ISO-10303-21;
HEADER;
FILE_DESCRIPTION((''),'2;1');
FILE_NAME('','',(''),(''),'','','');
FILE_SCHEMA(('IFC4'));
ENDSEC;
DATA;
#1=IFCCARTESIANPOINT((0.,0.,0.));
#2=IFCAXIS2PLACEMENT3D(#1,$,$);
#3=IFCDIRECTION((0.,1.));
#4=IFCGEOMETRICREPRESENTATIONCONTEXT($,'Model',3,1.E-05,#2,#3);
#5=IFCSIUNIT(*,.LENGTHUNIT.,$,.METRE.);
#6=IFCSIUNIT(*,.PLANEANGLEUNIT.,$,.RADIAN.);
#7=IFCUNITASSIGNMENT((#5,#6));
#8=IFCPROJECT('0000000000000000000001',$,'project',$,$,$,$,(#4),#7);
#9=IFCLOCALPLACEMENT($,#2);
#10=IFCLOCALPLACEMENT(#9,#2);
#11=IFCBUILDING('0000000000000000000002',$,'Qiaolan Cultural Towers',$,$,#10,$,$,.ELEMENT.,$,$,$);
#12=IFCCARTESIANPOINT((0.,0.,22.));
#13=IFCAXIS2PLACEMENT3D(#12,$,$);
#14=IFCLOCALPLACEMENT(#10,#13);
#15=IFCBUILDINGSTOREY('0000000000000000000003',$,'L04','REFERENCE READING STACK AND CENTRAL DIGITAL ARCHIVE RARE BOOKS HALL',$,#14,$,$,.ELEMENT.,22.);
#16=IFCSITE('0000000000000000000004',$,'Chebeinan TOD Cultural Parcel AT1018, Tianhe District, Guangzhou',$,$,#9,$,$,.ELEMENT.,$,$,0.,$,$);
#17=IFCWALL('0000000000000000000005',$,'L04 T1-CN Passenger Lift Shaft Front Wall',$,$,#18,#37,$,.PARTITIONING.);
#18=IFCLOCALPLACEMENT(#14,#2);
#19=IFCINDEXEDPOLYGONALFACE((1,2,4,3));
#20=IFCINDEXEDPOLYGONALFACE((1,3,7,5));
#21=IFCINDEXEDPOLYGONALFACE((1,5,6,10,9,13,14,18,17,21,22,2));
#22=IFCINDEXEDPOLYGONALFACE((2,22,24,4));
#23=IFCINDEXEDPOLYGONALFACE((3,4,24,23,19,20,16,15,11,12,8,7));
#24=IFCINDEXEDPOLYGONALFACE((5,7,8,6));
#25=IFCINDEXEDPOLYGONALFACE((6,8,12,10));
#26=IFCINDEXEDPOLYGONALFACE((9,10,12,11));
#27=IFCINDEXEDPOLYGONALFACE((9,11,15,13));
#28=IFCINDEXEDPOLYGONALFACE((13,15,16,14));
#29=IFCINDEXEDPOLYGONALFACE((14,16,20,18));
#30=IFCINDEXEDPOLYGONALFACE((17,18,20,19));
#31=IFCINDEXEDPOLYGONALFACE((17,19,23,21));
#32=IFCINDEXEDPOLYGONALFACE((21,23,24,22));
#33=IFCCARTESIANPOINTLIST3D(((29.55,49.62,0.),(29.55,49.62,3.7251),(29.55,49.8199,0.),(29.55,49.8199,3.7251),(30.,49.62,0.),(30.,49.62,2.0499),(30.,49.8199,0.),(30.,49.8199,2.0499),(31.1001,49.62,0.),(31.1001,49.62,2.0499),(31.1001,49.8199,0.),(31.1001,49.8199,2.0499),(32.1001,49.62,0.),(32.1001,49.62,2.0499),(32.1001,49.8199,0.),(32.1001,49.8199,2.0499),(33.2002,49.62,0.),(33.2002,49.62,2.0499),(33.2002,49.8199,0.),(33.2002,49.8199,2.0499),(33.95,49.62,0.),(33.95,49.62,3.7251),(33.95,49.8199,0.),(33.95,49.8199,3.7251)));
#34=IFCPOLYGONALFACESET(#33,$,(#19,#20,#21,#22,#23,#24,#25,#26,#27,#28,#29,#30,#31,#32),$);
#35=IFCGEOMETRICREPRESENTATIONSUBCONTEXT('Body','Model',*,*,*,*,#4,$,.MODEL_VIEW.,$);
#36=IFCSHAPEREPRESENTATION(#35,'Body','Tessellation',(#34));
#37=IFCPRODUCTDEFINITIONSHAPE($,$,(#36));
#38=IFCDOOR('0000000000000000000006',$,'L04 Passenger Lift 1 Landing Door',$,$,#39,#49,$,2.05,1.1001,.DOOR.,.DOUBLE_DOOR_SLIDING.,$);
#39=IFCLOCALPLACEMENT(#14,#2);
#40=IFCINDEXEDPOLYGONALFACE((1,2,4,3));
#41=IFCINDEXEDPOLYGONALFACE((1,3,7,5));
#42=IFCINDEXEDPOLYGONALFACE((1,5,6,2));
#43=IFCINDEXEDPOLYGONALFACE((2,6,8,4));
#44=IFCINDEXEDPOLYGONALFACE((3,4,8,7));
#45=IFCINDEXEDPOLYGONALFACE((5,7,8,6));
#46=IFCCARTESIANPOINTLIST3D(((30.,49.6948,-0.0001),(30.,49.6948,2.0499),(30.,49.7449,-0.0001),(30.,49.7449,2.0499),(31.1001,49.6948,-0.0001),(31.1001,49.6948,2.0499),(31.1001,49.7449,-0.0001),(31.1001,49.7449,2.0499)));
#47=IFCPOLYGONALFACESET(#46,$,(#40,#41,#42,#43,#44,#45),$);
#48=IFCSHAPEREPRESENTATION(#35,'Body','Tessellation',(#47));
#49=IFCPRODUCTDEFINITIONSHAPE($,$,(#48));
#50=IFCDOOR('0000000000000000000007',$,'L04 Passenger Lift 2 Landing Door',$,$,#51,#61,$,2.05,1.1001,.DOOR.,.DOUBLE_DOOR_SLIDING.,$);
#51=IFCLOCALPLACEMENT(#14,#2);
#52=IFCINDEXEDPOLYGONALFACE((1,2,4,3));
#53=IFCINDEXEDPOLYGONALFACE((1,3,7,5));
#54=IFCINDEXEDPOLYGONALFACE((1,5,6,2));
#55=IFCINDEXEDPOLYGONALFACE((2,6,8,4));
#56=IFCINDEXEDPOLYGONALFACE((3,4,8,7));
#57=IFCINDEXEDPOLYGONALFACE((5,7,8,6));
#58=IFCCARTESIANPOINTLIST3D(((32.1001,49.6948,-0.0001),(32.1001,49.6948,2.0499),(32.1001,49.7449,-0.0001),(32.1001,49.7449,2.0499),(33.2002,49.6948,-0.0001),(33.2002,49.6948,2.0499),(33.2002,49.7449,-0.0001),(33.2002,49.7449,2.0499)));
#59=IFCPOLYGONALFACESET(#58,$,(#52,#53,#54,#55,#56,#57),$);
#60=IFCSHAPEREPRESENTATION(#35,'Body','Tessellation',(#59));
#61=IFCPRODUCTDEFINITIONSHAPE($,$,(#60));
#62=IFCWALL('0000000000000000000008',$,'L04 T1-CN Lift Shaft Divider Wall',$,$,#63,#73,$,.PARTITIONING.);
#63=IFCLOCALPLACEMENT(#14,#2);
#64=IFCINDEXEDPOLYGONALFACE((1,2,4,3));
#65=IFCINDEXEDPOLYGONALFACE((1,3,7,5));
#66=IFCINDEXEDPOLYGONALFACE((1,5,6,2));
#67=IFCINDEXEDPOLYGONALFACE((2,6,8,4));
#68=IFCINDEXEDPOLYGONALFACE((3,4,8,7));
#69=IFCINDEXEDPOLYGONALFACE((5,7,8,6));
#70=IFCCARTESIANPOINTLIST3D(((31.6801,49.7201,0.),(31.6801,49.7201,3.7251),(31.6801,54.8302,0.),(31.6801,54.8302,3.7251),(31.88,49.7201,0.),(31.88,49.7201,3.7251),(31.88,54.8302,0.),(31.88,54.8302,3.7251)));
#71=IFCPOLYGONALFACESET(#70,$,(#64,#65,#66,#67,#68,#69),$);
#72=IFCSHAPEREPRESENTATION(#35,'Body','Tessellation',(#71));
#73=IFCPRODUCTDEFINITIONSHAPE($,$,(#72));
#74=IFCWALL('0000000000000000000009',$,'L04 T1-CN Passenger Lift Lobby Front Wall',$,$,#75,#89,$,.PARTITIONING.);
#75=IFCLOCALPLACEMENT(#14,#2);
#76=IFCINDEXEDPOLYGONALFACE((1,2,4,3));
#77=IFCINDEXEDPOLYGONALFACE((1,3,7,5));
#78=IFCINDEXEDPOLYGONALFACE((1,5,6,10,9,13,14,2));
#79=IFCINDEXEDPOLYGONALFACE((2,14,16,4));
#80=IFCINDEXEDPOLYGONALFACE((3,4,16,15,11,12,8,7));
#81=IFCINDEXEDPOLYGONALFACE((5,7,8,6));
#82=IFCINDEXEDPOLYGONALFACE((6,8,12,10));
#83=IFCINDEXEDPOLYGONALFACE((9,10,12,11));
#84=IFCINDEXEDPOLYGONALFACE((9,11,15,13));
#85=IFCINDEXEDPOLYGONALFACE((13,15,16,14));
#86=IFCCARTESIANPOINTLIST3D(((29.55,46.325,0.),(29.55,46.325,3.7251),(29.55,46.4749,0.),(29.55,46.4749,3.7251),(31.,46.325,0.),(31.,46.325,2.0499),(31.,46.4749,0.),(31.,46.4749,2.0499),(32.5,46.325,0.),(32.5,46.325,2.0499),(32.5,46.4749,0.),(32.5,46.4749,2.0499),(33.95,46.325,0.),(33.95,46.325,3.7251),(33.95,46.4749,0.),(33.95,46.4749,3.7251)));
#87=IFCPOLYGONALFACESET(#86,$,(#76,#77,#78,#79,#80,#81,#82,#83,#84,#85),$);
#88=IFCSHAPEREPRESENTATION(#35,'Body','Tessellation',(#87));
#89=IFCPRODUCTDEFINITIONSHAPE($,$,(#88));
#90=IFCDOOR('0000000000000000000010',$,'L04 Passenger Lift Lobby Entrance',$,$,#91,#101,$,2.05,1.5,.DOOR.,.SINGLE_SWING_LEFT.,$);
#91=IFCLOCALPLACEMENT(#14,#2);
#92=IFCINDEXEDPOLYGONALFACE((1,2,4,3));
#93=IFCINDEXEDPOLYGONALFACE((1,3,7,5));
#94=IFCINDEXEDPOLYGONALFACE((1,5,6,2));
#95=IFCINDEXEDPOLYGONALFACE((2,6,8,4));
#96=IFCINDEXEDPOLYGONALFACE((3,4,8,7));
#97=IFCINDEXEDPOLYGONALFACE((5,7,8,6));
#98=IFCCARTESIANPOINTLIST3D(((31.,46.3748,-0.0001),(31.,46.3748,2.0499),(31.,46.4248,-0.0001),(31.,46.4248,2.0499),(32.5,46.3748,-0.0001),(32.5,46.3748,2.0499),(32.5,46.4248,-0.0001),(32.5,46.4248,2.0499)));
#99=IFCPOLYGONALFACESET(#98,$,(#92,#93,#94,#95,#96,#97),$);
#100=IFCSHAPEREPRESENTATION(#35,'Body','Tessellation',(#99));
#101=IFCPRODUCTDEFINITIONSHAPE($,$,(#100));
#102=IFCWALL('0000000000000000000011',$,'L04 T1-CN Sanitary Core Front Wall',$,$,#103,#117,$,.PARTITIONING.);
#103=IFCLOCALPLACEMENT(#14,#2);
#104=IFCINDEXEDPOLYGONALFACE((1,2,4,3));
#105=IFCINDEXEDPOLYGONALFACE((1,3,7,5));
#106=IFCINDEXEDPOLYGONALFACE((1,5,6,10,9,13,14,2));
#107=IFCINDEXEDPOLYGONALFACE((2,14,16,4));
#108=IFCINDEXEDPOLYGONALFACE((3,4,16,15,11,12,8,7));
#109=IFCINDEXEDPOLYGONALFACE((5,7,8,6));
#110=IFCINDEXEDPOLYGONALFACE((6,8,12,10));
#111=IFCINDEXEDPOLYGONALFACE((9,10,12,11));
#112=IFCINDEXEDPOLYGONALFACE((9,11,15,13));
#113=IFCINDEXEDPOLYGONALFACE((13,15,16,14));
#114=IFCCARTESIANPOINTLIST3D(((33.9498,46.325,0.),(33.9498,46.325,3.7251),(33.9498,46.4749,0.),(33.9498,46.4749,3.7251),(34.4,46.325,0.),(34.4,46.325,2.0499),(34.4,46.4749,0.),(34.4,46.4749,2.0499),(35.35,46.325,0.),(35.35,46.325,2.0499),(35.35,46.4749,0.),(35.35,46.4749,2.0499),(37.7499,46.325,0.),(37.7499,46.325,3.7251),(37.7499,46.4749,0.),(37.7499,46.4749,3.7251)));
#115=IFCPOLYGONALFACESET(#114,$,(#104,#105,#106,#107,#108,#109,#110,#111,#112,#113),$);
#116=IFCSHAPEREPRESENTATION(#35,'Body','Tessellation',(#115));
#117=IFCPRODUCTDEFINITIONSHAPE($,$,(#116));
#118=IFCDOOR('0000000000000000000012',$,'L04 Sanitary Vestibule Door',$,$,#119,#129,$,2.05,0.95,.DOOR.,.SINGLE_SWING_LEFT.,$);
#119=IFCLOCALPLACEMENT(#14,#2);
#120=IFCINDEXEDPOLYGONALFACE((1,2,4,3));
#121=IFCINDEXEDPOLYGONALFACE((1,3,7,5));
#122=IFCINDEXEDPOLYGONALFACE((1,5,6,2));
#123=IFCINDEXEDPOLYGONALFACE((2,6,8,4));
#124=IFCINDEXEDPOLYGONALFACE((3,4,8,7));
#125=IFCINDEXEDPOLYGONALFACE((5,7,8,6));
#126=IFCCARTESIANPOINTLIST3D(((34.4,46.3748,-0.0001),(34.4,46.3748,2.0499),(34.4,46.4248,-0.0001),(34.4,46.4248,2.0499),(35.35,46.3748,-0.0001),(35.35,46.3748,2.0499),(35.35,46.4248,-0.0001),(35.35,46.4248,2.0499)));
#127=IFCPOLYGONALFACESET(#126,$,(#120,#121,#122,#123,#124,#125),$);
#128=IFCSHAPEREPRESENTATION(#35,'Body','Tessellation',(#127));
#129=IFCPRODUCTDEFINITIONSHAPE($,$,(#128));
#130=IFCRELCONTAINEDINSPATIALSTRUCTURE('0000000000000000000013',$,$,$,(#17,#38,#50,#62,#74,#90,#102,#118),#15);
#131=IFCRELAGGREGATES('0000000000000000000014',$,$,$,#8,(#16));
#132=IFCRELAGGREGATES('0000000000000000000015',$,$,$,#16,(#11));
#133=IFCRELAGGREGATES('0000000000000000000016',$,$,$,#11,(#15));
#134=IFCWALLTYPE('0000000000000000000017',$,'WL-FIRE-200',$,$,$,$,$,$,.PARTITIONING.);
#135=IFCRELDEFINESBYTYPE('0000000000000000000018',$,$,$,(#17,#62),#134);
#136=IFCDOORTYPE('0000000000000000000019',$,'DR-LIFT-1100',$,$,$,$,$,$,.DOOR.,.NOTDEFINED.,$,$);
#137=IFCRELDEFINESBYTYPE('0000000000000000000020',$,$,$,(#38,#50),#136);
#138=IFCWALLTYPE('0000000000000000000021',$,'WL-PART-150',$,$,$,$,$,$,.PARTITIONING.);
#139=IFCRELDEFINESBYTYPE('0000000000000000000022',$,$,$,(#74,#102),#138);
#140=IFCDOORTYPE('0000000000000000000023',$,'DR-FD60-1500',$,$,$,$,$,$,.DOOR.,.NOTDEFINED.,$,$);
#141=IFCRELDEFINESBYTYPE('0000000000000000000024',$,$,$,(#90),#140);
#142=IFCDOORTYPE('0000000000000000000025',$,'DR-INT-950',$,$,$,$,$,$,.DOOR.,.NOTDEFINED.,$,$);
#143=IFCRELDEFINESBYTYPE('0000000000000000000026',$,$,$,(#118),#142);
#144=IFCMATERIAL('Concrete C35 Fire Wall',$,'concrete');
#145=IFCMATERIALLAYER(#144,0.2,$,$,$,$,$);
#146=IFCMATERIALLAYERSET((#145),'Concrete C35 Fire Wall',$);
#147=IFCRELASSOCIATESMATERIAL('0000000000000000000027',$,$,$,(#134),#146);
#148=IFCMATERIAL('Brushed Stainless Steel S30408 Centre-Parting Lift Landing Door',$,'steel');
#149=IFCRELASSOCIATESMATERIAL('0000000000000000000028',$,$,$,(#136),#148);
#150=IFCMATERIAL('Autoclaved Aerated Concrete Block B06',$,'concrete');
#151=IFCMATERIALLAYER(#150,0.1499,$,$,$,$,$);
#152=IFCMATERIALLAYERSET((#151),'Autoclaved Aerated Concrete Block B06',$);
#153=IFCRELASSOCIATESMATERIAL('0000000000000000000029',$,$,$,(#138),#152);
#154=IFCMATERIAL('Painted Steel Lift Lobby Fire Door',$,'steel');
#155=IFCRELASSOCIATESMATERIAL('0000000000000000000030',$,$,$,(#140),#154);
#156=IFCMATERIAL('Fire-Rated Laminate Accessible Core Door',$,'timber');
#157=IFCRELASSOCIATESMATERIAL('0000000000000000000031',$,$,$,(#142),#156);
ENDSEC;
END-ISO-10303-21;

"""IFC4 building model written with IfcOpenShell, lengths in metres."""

from ifc_helpers import new_model, si_unit, direction, frame, frame_2d, origin, place, context, subcontext, project, spatial, rectangle, extrude, material, layer, layer_set, type_object, element, fill, save


model = new_model("IFC4")

# Units and contexts
model_context = context("Model", 3, precision=1e-05, world=origin(), true_north=direction((0.0, 1.0)))
body_context = subcontext(model_context, "Body", "Model", "MODEL_VIEW")
ifc_project = project(units=[si_unit("LENGTHUNIT", "METRE"), si_unit("PLANEANGLEUNIT", "RADIAN")], contexts=[model_context])

# Site, building, storey
site_placement = place(None, origin())
site = spatial("IfcSite", under=ifc_project, at=site_placement, Name="Chebeinan TOD Cultural Parcel AT1018, Tianhe District, Guangzhou", CompositionType="ELEMENT", RefElevation=0.0)
building_placement = place(site_placement, origin())
building = spatial("IfcBuilding", under=site, at=building_placement, Name="Qiaolan Cultural Towers", CompositionType="ELEMENT")
storey_placement = place(building_placement, frame((0.0, 0.0, 22.0)))
storey = spatial("IfcBuildingStorey", under=building, at=storey_placement, Name="L04", Description="REFERENCE READING STACK AND CENTRAL DIGITAL ARCHIVE RARE BOOKS HALL", CompositionType="ELEMENT", Elevation=22.0)

# Shared definitions
ifc_material_1 = material(Name="Concrete C35 Fire Wall", Category="concrete")
ifc_layer_1 = layer(ifc_material_1, 0.2)
ifc_layer_set_1 = layer_set([ifc_layer_1], Name="Concrete C35 Fire Wall")
wall_type_1 = type_object("IfcWallType", Name="WL-FIRE-200", PredefinedType="PARTITIONING", material=ifc_layer_set_1)

# Wall, openings, doors
wall_1_placement = place(storey_placement, frame((29.55, 49.72, 0.0), z_axis=(0.0, 0.0, 1.0), x_axis=(1.0, 0.0, 0.0)))
wall_1 = element("IfcWall", 1, at=wall_1_placement, inside=storey, type_object=wall_type_1, Name="L04 T1-CN Passenger Lift Shaft Front Wall", PredefinedType="PARTITIONING", context=body_context, shape_type="SweptSolid", body=[
    extrude(rectangle(XDim=4.3999, YDim=0.2, at=frame_2d((2.2, 0.0))), origin(), (0.0, 0.0, 1.0), 3.7251),
])
opening_1_placement = place(wall_1_placement, frame((0.45, 0.0, 0.0)))
opening_1 = element("IfcOpeningElement", 2, at=opening_1_placement, cuts=wall_1, PredefinedType="OPENING", context=body_context, shape_type="SweptSolid", body=[
    extrude(rectangle(XDim=1.1001, YDim=2.05, at=frame_2d((0.55, 1.0249))), frame((0.0, 0.1099, 0.0), z_axis=(0.0, -1.0, 0.0), x_axis=(1.0, 0.0, 0.0)), (0.0, 0.0, 1.0), 0.22),
])
opening_2_placement = place(wall_1_placement, frame((2.55, 0.0, 0.0)))
opening_2 = element("IfcOpeningElement", 3, at=opening_2_placement, cuts=wall_1, PredefinedType="OPENING", context=body_context, shape_type="SweptSolid", body=[
    extrude(rectangle(XDim=1.1001, YDim=2.05, at=frame_2d((0.55, 1.0249))), frame((0.0, 0.1099, 0.0), z_axis=(0.0, -1.0, 0.0), x_axis=(1.0, 0.0, 0.0)), (0.0, 0.0, 1.0), 0.22),
])
ifc_material_2 = material(Name="Brushed Stainless Steel S30408 Centre-Parting Lift Landing Door", Category="steel")
door_type_1 = type_object("IfcDoorType", Name="DR-LIFT-1100", OperationType="NOTDEFINED", PredefinedType="DOOR", material=ifc_material_2)
door_1_placement = place(opening_1_placement, origin())
door_1 = element("IfcDoor", 4, at=door_1_placement, inside=storey, type_object=door_type_1, Name="L04 Passenger Lift 1 Landing Door", OperationType="DOUBLE_DOOR_SLIDING", OverallHeight=2.05, OverallWidth=1.1001, PredefinedType="DOOR", context=body_context, shape_type="SweptSolid", body=[
    extrude(rectangle(XDim=1.1001, YDim=2.05, at=frame_2d((0.55, 1.0249))), frame((0.0, 0.0249, 0.0), z_axis=(0.0, -1.0, 0.0), x_axis=(1.0, 0.0, 0.0)), (0.0, 0.0, 1.0), 0.05),
])
fill(opening_1, door_1)
door_2_placement = place(opening_2_placement, origin())
door_2 = element("IfcDoor", 5, at=door_2_placement, inside=storey, type_object=door_type_1, Name="L04 Passenger Lift 2 Landing Door", OperationType="DOUBLE_DOOR_SLIDING", OverallHeight=2.05, OverallWidth=1.1001, PredefinedType="DOOR", context=body_context, shape_type="SweptSolid", body=[
    extrude(rectangle(XDim=1.1001, YDim=2.05, at=frame_2d((0.55, 1.0249))), frame((0.0, 0.0249, 0.0), z_axis=(0.0, -1.0, 0.0), x_axis=(1.0, 0.0, 0.0)), (0.0, 0.0, 1.0), 0.05),
])
fill(opening_2, door_2)

# Wall
wall_2_placement = place(storey_placement, frame((31.78, 49.72, 0.0), z_axis=(0.0, 0.0, 1.0), x_axis=(0.0, 1.0, 0.0)))
element("IfcWall", 6, at=wall_2_placement, inside=storey, type_object=wall_type_1, Name="L04 T1-CN Lift Shaft Divider Wall", PredefinedType="PARTITIONING", context=body_context, shape_type="SweptSolid", body=[
    extrude(rectangle(XDim=5.1101, YDim=0.2, at=frame_2d((2.5552, 0.0))), origin(), (0.0, 0.0, 1.0), 3.7251),
])

# Walls, openings, doors
ifc_material_3 = material(Name="Autoclaved Aerated Concrete Block B06", Category="concrete")
ifc_layer_2 = layer(ifc_material_3, 0.1499)
ifc_layer_set_2 = layer_set([ifc_layer_2], Name="Autoclaved Aerated Concrete Block B06")
wall_type_2 = type_object("IfcWallType", Name="WL-PART-150", PredefinedType="PARTITIONING", material=ifc_layer_set_2)
wall_3_placement = place(storey_placement, frame((29.55, 46.3999, 0.0), z_axis=(0.0, 0.0, 1.0), x_axis=(1.0, 0.0, 0.0)))
wall_3 = element("IfcWall", 7, at=wall_3_placement, inside=storey, type_object=wall_type_2, Name="L04 T1-CN Passenger Lift Lobby Front Wall", PredefinedType="PARTITIONING", context=body_context, shape_type="SweptSolid", body=[
    extrude(rectangle(XDim=4.3999, YDim=0.1499, at=frame_2d((2.2, 0.0))), origin(), (0.0, 0.0, 1.0), 3.7251),
])
opening_3_placement = place(wall_3_placement, frame((1.45, 0.0, 0.0)))
opening_3 = element("IfcOpeningElement", 8, at=opening_3_placement, cuts=wall_3, PredefinedType="OPENING", context=body_context, shape_type="SweptSolid", body=[
    extrude(rectangle(XDim=1.5, YDim=2.05, at=frame_2d((0.75, 1.0249))), frame((0.0, 0.085, 0.0), z_axis=(0.0, -1.0, 0.0), x_axis=(1.0, 0.0, 0.0)), (0.0, 0.0, 1.0), 0.1699),
])
ifc_material_4 = material(Name="Painted Steel Lift Lobby Fire Door", Category="steel")
door_type_2 = type_object("IfcDoorType", Name="DR-FD60-1500", OperationType="NOTDEFINED", PredefinedType="DOOR", material=ifc_material_4)
door_3_placement = place(opening_3_placement, origin())
door_3 = element("IfcDoor", 9, at=door_3_placement, inside=storey, type_object=door_type_2, Name="L04 Passenger Lift Lobby Entrance", OperationType="SINGLE_SWING_LEFT", OverallHeight=2.05, OverallWidth=1.5, PredefinedType="DOOR", context=body_context, shape_type="SweptSolid", body=[
    extrude(rectangle(XDim=1.5, YDim=2.05, at=frame_2d((0.75, 1.0249))), frame((0.0, 0.0249, 0.0), z_axis=(0.0, -1.0, 0.0), x_axis=(1.0, 0.0, 0.0)), (0.0, 0.0, 1.0), 0.05),
])
fill(opening_3, door_3)
wall_4_placement = place(storey_placement, frame((33.95, 46.3999, 0.0), z_axis=(0.0, 0.0, 1.0), x_axis=(1.0, 0.0, 0.0)))
wall_4 = element("IfcWall", 10, at=wall_4_placement, inside=storey, type_object=wall_type_2, Name="L04 T1-CN Sanitary Core Front Wall", PredefinedType="PARTITIONING", context=body_context, shape_type="SweptSolid", body=[
    extrude(rectangle(XDim=3.8, YDim=0.1499, at=frame_2d((1.8999, 0.0))), origin(), (0.0, 0.0, 1.0), 3.7251),
])
opening_4_placement = place(wall_4_placement, frame((0.45, 0.0, 0.0)))
opening_4 = element("IfcOpeningElement", 11, at=opening_4_placement, cuts=wall_4, PredefinedType="OPENING", context=body_context, shape_type="SweptSolid", body=[
    extrude(rectangle(XDim=0.95, YDim=2.05, at=frame_2d((0.4751, 1.0249))), frame((0.0, 0.085, 0.0), z_axis=(0.0, -1.0, 0.0), x_axis=(1.0, 0.0, 0.0)), (0.0, 0.0, 1.0), 0.1699),
])
ifc_material_5 = material(Name="Fire-Rated Laminate Accessible Core Door", Category="timber")
door_type_3 = type_object("IfcDoorType", Name="DR-INT-950", OperationType="NOTDEFINED", PredefinedType="DOOR", material=ifc_material_5)
door_4_placement = place(opening_4_placement, origin())
door_4 = element("IfcDoor", 12, at=door_4_placement, inside=storey, type_object=door_type_3, Name="L04 Sanitary Vestibule Door", OperationType="SINGLE_SWING_LEFT", OverallHeight=2.05, OverallWidth=0.95, PredefinedType="DOOR", context=body_context, shape_type="SweptSolid", body=[
    extrude(rectangle(XDim=0.95, YDim=2.05, at=frame_2d((0.4751, 1.0249))), frame((0.0, 0.0249, 0.0), z_axis=(0.0, -1.0, 0.0), x_axis=(1.0, 0.0, 0.0)), (0.0, 0.0, 1.0), 0.05),
])
fill(opening_4, door_4)

save(model, "model.ifc")
